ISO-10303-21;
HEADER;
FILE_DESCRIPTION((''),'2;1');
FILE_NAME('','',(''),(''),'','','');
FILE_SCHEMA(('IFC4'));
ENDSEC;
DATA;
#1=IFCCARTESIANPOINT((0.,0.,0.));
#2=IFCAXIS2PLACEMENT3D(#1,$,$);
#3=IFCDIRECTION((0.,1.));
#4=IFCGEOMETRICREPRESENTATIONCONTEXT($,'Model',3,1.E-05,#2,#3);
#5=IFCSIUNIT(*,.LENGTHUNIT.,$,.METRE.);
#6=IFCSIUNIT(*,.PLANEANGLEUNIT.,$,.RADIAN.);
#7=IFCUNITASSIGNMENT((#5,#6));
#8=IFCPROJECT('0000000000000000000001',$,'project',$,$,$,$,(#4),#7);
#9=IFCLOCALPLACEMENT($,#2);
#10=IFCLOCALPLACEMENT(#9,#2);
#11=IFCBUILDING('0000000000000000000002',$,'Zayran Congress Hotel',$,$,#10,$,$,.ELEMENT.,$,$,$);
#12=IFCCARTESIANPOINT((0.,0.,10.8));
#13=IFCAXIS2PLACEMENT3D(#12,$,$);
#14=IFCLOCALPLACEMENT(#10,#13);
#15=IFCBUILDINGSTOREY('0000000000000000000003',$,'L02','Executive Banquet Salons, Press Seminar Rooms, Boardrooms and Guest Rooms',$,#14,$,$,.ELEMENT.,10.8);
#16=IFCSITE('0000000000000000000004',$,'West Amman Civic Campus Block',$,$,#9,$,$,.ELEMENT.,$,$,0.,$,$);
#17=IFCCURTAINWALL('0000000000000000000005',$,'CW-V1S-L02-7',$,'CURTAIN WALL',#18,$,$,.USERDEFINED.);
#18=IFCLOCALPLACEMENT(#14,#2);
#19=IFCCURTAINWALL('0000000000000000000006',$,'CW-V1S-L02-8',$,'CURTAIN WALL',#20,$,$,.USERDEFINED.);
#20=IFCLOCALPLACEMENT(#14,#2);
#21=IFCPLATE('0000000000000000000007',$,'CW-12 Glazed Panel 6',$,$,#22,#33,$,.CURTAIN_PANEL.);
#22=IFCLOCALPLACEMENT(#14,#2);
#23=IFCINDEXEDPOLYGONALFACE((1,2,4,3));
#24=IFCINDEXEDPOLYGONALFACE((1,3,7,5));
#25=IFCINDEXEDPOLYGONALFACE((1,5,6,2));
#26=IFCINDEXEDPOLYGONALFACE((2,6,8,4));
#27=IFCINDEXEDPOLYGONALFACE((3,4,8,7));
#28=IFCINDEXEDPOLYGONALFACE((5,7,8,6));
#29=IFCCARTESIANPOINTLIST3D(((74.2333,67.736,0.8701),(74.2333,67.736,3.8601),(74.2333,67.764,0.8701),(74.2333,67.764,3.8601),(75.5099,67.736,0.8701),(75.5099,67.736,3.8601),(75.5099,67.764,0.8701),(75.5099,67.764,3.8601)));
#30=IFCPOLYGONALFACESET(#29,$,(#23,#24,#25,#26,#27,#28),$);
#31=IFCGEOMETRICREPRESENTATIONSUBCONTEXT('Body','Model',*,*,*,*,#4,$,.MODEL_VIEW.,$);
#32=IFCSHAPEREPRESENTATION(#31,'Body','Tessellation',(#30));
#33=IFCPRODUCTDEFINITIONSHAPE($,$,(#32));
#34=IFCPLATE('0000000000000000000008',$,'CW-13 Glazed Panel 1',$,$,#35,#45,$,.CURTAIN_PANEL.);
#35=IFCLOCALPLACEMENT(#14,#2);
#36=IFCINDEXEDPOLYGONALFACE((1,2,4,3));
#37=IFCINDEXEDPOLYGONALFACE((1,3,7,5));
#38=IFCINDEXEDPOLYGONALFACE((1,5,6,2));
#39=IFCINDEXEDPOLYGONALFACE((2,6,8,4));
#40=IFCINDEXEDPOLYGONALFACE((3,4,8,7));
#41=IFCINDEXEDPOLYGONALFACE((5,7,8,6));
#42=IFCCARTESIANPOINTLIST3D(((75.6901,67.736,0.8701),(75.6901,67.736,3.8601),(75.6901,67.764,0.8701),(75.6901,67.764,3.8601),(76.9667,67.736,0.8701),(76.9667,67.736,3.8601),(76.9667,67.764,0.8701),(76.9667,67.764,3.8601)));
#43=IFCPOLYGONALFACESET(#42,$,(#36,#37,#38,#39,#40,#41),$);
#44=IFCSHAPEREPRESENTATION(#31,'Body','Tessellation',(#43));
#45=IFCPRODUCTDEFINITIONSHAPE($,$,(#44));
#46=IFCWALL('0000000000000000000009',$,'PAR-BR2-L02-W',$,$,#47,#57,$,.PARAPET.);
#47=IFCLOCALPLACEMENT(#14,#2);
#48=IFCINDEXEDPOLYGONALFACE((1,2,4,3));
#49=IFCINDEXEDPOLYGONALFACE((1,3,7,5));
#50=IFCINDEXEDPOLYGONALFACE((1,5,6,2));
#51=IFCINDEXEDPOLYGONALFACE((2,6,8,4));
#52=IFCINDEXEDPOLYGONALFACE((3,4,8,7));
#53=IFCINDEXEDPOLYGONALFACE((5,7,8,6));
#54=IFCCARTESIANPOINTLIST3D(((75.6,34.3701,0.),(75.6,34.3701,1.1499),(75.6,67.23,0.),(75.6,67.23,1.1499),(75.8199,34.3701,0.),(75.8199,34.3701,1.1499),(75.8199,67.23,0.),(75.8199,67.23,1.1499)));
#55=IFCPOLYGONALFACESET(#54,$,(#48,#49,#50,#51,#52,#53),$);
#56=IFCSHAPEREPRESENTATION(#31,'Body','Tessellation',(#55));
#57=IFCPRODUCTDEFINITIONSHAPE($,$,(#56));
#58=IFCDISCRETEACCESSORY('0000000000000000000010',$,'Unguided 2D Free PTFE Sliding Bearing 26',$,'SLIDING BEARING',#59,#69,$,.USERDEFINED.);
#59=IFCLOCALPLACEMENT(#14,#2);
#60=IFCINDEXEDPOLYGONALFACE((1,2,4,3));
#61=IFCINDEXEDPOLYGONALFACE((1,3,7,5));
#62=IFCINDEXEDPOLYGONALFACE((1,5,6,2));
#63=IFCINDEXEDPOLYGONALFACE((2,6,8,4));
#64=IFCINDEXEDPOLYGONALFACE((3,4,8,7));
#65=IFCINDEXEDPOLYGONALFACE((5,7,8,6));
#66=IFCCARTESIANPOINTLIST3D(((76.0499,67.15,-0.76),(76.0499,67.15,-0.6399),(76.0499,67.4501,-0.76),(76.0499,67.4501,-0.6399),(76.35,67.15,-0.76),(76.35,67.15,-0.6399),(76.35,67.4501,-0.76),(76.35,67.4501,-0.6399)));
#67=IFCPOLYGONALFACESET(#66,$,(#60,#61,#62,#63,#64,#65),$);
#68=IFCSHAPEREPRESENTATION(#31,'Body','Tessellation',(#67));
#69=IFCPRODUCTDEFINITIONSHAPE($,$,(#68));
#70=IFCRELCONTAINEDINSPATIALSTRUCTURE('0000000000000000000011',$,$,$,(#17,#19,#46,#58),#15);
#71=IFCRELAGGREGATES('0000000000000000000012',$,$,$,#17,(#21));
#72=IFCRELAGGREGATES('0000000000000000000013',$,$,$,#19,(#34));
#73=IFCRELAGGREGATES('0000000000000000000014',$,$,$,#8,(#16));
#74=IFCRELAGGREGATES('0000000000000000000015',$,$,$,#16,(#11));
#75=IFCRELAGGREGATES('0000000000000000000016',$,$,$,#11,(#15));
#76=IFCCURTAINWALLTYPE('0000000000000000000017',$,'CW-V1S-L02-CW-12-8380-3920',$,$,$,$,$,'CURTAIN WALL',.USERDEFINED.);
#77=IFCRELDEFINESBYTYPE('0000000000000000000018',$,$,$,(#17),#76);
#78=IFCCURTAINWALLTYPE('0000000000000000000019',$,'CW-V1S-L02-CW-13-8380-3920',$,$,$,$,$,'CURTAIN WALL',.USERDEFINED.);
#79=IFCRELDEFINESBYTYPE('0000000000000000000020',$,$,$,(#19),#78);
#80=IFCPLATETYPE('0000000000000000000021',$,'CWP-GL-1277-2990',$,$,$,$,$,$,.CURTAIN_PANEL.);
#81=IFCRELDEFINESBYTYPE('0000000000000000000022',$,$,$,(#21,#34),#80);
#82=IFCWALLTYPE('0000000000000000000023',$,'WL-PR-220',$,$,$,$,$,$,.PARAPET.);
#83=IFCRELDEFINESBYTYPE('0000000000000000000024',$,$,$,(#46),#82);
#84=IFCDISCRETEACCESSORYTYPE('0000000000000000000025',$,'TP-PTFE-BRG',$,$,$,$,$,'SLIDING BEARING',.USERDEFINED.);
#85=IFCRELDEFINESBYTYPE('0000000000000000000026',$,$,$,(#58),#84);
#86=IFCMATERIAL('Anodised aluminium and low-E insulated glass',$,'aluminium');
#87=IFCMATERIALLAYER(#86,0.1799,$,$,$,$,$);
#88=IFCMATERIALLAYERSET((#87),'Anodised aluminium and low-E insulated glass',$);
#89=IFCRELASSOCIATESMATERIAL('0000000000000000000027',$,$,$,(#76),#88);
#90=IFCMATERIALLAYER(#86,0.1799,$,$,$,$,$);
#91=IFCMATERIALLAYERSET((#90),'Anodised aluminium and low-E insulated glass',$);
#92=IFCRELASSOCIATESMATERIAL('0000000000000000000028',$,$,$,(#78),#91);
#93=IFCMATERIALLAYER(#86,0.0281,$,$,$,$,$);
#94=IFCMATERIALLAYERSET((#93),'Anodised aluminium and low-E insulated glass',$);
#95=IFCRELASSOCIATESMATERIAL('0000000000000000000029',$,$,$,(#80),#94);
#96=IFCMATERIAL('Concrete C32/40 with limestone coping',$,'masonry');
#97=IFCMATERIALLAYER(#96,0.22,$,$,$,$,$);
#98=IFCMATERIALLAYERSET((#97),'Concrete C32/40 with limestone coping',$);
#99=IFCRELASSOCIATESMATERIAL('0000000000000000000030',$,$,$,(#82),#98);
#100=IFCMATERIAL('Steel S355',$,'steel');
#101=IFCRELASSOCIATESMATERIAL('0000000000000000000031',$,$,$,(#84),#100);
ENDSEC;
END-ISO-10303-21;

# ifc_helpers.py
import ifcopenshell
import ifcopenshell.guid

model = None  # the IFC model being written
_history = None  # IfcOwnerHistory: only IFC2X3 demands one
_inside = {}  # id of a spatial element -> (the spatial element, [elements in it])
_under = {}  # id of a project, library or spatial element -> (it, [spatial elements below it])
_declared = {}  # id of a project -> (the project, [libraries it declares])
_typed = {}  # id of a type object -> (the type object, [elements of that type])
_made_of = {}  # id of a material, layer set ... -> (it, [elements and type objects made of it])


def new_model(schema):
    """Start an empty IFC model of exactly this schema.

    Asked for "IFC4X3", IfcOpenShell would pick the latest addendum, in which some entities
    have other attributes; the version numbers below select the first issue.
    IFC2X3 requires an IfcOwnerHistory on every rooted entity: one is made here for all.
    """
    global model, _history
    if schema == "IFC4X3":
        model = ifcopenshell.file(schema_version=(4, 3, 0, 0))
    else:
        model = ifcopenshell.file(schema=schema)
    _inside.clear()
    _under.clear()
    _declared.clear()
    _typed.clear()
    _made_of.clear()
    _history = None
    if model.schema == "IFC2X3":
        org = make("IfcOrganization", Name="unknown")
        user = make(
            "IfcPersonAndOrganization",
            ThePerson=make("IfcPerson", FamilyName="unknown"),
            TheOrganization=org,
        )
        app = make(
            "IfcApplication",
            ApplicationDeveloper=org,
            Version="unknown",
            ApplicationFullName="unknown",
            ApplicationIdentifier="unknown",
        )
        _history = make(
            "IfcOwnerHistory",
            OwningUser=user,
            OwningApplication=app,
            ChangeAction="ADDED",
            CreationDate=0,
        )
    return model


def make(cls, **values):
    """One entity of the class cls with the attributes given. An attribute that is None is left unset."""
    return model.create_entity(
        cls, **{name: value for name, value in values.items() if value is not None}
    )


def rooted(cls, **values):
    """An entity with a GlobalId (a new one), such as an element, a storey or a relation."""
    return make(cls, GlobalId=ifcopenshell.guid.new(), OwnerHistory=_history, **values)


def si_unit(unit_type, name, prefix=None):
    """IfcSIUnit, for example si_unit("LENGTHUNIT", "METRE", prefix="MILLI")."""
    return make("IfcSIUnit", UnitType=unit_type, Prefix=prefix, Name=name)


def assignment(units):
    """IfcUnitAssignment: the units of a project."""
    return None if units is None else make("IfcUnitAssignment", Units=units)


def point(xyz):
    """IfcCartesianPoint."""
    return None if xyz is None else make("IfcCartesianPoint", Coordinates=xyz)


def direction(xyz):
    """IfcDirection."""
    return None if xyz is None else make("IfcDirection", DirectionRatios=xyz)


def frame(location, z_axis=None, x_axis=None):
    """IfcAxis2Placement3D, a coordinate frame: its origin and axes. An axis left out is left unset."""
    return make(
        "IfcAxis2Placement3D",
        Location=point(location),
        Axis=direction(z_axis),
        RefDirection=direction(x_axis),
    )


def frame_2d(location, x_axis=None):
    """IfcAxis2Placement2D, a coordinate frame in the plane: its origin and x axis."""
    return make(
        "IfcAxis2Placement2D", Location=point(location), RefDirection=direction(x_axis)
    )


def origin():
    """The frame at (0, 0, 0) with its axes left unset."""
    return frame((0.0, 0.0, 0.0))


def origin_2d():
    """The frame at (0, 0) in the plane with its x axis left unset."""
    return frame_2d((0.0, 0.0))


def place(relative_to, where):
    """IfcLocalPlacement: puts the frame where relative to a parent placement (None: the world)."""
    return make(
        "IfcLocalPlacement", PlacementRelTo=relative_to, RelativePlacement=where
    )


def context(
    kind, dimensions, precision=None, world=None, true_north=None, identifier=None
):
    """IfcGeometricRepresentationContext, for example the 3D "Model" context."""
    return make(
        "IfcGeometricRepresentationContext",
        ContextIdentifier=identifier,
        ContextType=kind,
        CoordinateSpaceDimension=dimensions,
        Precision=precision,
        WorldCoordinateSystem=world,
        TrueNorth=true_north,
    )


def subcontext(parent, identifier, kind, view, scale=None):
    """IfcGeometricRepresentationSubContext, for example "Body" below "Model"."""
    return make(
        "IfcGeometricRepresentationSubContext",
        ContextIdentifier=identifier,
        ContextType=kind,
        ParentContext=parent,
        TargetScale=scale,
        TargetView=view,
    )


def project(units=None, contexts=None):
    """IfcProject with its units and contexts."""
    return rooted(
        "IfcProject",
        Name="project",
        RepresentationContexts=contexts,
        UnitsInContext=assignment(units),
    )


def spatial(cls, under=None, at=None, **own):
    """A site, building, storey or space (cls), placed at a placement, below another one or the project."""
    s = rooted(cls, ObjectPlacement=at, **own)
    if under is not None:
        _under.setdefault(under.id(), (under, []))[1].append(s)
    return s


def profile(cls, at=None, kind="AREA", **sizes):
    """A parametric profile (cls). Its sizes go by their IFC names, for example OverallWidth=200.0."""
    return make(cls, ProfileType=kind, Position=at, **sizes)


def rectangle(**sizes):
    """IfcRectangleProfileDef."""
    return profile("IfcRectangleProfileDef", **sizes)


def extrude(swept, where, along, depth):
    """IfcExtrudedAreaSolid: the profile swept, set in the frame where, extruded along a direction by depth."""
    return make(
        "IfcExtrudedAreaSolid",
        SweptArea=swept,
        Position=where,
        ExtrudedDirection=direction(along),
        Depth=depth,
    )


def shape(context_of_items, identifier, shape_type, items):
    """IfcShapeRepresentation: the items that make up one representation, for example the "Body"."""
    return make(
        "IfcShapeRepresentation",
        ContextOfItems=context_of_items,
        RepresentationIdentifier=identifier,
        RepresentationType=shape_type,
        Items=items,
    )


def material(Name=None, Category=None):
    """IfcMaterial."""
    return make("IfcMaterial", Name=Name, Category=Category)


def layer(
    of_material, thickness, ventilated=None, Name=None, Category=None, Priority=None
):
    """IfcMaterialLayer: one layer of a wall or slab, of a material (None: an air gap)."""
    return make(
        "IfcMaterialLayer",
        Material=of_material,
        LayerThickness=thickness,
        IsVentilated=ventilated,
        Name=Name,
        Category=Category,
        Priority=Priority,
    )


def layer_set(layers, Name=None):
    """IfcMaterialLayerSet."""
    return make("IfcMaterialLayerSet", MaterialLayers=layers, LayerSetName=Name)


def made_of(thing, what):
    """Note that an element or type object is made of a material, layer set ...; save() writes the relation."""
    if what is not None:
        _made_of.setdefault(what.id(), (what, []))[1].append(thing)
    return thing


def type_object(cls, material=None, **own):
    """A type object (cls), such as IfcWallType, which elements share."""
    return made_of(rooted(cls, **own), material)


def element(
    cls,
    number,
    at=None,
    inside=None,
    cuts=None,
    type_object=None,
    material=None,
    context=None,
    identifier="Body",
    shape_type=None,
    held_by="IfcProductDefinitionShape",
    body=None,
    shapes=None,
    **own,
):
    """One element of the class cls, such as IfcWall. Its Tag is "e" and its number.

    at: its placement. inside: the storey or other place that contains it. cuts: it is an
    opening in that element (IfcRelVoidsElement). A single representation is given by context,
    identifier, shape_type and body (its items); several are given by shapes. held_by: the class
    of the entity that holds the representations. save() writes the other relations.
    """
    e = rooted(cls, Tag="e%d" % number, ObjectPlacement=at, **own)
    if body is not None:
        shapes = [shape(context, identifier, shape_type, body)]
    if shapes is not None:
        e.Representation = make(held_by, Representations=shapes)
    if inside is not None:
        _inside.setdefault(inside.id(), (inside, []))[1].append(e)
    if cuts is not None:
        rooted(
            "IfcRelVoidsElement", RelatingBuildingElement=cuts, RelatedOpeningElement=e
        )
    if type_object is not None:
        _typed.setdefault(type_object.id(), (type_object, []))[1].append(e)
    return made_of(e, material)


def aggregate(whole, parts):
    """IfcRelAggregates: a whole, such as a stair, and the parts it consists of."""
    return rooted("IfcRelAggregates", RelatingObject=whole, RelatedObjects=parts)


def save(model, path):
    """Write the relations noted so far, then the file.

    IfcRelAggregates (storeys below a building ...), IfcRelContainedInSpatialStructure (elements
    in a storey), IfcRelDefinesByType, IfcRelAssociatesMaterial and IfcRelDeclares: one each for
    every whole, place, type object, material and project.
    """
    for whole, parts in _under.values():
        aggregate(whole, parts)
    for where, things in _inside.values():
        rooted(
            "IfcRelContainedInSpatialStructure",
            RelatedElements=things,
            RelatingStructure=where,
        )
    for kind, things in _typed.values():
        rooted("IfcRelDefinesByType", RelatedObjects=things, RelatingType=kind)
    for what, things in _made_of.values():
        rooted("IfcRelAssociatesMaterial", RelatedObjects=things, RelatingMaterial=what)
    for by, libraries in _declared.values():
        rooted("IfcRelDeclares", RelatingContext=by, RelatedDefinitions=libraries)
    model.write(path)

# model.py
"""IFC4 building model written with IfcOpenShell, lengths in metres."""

from ifc_helpers import new_model, si_unit, direction, frame, frame_2d, origin, origin_2d, place, context, subcontext, project, spatial, rectangle, extrude, material, layer, layer_set, type_object, element, aggregate, save


model = new_model("IFC4")

# Units and contexts
model_context = context("Model", 3, precision=1e-05, world=origin(), true_north=direction((0.0, 1.0)))
body_context = subcontext(model_context, "Body", "Model", "MODEL_VIEW")
ifc_project = project(units=[si_unit("LENGTHUNIT", "METRE"), si_unit("PLANEANGLEUNIT", "RADIAN")], contexts=[model_context])

# Site, building, storey
site_placement = place(None, origin())
site = spatial("IfcSite", under=ifc_project, at=site_placement, Name="West Amman Civic Campus Block", CompositionType="ELEMENT", RefElevation=0.0)
building_placement = place(site_placement, origin())
building = spatial("IfcBuilding", under=site, at=building_placement, Name="Zayran Congress Hotel", CompositionType="ELEMENT")
storey_placement = place(building_placement, frame((0.0, 0.0, 10.8)))
storey = spatial("IfcBuildingStorey", under=building, at=storey_placement, Name="L02", Description="Executive Banquet Salons, Press Seminar Rooms, Boardrooms and Guest Rooms", CompositionType="ELEMENT", Elevation=10.8)

# Shared definitions
ifc_material_1 = material(Name="Steel S355", Category="steel")

# Curtain walls
ifc_material_2 = material(Name="Anodised aluminium and low-E insulated glass", Category="aluminium")
ifc_layer_1 = layer(ifc_material_2, 0.1799)
ifc_layer_set_1 = layer_set([ifc_layer_1], Name="Anodised aluminium and low-E insulated glass")
curtain_wall_type_1 = type_object("IfcCurtainWallType", Name="CW-V1S-L02-CW-12-8380-3920", ElementType="CURTAIN WALL", PredefinedType="USERDEFINED", material=ifc_layer_set_1)
curtain_wall_1_placement = place(storey_placement, origin())
curtain_wall_1 = element("IfcCurtainWall", 1, at=curtain_wall_1_placement, inside=storey, type_object=curtain_wall_type_1, Name="CW-V1S-L02-7", ObjectType="CURTAIN WALL", PredefinedType="USERDEFINED")
ifc_layer_2 = layer(ifc_material_2, 0.1799)
ifc_layer_set_2 = layer_set([ifc_layer_2], Name="Anodised aluminium and low-E insulated glass")
curtain_wall_type_2 = type_object("IfcCurtainWallType", Name="CW-V1S-L02-CW-13-8380-3920", ElementType="CURTAIN WALL", PredefinedType="USERDEFINED", material=ifc_layer_set_2)
curtain_wall_2_placement = place(storey_placement, origin())
curtain_wall_2 = element("IfcCurtainWall", 2, at=curtain_wall_2_placement, inside=storey, type_object=curtain_wall_type_2, Name="CW-V1S-L02-8", ObjectType="CURTAIN WALL", PredefinedType="USERDEFINED")

# Plates
ifc_layer_3 = layer(ifc_material_2, 0.0281)
ifc_layer_set_3 = layer_set([ifc_layer_3], Name="Anodised aluminium and low-E insulated glass")
plate_type_1 = type_object("IfcPlateType", Name="CWP-GL-1277-2990", PredefinedType="CURTAIN_PANEL", material=ifc_layer_set_3)
plate_1_placement = place(storey_placement, frame((74.8716, 67.75, 0.8701), z_axis=(0.0, 0.0, 1.0), x_axis=(1.0, 0.0, 0.0)))
plate_1 = element("IfcPlate", 3, at=plate_1_placement, type_object=plate_type_1, Name="CW-12 Glazed Panel 6", PredefinedType="CURTAIN_PANEL", context=body_context, shape_type="SweptSolid", body=[
    extrude(rectangle(XDim=1.2766, YDim=0.0281, at=origin_2d()), origin(), (0.0, 0.0, 1.0), 2.99),
])
aggregate(curtain_wall_1, [plate_1])
plate_2_placement = place(storey_placement, frame((76.3284, 67.75, 0.8701), z_axis=(0.0, 0.0, 1.0), x_axis=(1.0, 0.0, 0.0)))
plate_2 = element("IfcPlate", 4, at=plate_2_placement, type_object=plate_type_1, Name="CW-13 Glazed Panel 1", PredefinedType="CURTAIN_PANEL", context=body_context, shape_type="SweptSolid", body=[
    extrude(rectangle(XDim=1.2766, YDim=0.0281, at=origin_2d()), origin(), (0.0, 0.0, 1.0), 2.99),
])
aggregate(curtain_wall_2, [plate_2])

# Wall
ifc_material_3 = material(Name="Concrete C32/40 with limestone coping", Category="masonry")
ifc_layer_4 = layer(ifc_material_3, 0.22)
ifc_layer_set_4 = layer_set([ifc_layer_4], Name="Concrete C32/40 with limestone coping")
wall_type = type_object("IfcWallType", Name="WL-PR-220", PredefinedType="PARAPET", material=ifc_layer_set_4)
wall_placement = place(storey_placement, frame((75.71, 67.23, 0.0), z_axis=(0.0, 0.0, 1.0), x_axis=(0.0, -1.0, 0.0)))
element("IfcWall", 5, at=wall_placement, inside=storey, type_object=wall_type, Name="PAR-BR2-L02-W", PredefinedType="PARAPET", context=body_context, shape_type="SweptSolid", body=[
    extrude(rectangle(XDim=32.8599, YDim=0.22, at=frame_2d((16.4299, 0.0))), origin(), (0.0, 0.0, 1.0), 1.1499),
])

# Discrete accessory
discrete_accessory_type = type_object("IfcDiscreteAccessoryType", Name="TP-PTFE-BRG", ElementType="SLIDING BEARING", PredefinedType="USERDEFINED", material=ifc_material_1)
discrete_accessory_placement = place(storey_placement, frame((76.2, 67.3, -0.76), z_axis=(0.0, 0.0, 1.0), x_axis=(1.0, 0.0, 0.0)))
element("IfcDiscreteAccessory", 6, at=discrete_accessory_placement, inside=storey, type_object=discrete_accessory_type, Name="Unguided 2D Free PTFE Sliding Bearing 26", ObjectType="SLIDING BEARING", PredefinedType="USERDEFINED", context=body_context, shape_type="SweptSolid", body=[
    extrude(rectangle(XDim=0.3, YDim=0.3, at=origin_2d()), origin(), (0.0, 0.0, 1.0), 0.1201),
])

save(model, "model.ifc")
